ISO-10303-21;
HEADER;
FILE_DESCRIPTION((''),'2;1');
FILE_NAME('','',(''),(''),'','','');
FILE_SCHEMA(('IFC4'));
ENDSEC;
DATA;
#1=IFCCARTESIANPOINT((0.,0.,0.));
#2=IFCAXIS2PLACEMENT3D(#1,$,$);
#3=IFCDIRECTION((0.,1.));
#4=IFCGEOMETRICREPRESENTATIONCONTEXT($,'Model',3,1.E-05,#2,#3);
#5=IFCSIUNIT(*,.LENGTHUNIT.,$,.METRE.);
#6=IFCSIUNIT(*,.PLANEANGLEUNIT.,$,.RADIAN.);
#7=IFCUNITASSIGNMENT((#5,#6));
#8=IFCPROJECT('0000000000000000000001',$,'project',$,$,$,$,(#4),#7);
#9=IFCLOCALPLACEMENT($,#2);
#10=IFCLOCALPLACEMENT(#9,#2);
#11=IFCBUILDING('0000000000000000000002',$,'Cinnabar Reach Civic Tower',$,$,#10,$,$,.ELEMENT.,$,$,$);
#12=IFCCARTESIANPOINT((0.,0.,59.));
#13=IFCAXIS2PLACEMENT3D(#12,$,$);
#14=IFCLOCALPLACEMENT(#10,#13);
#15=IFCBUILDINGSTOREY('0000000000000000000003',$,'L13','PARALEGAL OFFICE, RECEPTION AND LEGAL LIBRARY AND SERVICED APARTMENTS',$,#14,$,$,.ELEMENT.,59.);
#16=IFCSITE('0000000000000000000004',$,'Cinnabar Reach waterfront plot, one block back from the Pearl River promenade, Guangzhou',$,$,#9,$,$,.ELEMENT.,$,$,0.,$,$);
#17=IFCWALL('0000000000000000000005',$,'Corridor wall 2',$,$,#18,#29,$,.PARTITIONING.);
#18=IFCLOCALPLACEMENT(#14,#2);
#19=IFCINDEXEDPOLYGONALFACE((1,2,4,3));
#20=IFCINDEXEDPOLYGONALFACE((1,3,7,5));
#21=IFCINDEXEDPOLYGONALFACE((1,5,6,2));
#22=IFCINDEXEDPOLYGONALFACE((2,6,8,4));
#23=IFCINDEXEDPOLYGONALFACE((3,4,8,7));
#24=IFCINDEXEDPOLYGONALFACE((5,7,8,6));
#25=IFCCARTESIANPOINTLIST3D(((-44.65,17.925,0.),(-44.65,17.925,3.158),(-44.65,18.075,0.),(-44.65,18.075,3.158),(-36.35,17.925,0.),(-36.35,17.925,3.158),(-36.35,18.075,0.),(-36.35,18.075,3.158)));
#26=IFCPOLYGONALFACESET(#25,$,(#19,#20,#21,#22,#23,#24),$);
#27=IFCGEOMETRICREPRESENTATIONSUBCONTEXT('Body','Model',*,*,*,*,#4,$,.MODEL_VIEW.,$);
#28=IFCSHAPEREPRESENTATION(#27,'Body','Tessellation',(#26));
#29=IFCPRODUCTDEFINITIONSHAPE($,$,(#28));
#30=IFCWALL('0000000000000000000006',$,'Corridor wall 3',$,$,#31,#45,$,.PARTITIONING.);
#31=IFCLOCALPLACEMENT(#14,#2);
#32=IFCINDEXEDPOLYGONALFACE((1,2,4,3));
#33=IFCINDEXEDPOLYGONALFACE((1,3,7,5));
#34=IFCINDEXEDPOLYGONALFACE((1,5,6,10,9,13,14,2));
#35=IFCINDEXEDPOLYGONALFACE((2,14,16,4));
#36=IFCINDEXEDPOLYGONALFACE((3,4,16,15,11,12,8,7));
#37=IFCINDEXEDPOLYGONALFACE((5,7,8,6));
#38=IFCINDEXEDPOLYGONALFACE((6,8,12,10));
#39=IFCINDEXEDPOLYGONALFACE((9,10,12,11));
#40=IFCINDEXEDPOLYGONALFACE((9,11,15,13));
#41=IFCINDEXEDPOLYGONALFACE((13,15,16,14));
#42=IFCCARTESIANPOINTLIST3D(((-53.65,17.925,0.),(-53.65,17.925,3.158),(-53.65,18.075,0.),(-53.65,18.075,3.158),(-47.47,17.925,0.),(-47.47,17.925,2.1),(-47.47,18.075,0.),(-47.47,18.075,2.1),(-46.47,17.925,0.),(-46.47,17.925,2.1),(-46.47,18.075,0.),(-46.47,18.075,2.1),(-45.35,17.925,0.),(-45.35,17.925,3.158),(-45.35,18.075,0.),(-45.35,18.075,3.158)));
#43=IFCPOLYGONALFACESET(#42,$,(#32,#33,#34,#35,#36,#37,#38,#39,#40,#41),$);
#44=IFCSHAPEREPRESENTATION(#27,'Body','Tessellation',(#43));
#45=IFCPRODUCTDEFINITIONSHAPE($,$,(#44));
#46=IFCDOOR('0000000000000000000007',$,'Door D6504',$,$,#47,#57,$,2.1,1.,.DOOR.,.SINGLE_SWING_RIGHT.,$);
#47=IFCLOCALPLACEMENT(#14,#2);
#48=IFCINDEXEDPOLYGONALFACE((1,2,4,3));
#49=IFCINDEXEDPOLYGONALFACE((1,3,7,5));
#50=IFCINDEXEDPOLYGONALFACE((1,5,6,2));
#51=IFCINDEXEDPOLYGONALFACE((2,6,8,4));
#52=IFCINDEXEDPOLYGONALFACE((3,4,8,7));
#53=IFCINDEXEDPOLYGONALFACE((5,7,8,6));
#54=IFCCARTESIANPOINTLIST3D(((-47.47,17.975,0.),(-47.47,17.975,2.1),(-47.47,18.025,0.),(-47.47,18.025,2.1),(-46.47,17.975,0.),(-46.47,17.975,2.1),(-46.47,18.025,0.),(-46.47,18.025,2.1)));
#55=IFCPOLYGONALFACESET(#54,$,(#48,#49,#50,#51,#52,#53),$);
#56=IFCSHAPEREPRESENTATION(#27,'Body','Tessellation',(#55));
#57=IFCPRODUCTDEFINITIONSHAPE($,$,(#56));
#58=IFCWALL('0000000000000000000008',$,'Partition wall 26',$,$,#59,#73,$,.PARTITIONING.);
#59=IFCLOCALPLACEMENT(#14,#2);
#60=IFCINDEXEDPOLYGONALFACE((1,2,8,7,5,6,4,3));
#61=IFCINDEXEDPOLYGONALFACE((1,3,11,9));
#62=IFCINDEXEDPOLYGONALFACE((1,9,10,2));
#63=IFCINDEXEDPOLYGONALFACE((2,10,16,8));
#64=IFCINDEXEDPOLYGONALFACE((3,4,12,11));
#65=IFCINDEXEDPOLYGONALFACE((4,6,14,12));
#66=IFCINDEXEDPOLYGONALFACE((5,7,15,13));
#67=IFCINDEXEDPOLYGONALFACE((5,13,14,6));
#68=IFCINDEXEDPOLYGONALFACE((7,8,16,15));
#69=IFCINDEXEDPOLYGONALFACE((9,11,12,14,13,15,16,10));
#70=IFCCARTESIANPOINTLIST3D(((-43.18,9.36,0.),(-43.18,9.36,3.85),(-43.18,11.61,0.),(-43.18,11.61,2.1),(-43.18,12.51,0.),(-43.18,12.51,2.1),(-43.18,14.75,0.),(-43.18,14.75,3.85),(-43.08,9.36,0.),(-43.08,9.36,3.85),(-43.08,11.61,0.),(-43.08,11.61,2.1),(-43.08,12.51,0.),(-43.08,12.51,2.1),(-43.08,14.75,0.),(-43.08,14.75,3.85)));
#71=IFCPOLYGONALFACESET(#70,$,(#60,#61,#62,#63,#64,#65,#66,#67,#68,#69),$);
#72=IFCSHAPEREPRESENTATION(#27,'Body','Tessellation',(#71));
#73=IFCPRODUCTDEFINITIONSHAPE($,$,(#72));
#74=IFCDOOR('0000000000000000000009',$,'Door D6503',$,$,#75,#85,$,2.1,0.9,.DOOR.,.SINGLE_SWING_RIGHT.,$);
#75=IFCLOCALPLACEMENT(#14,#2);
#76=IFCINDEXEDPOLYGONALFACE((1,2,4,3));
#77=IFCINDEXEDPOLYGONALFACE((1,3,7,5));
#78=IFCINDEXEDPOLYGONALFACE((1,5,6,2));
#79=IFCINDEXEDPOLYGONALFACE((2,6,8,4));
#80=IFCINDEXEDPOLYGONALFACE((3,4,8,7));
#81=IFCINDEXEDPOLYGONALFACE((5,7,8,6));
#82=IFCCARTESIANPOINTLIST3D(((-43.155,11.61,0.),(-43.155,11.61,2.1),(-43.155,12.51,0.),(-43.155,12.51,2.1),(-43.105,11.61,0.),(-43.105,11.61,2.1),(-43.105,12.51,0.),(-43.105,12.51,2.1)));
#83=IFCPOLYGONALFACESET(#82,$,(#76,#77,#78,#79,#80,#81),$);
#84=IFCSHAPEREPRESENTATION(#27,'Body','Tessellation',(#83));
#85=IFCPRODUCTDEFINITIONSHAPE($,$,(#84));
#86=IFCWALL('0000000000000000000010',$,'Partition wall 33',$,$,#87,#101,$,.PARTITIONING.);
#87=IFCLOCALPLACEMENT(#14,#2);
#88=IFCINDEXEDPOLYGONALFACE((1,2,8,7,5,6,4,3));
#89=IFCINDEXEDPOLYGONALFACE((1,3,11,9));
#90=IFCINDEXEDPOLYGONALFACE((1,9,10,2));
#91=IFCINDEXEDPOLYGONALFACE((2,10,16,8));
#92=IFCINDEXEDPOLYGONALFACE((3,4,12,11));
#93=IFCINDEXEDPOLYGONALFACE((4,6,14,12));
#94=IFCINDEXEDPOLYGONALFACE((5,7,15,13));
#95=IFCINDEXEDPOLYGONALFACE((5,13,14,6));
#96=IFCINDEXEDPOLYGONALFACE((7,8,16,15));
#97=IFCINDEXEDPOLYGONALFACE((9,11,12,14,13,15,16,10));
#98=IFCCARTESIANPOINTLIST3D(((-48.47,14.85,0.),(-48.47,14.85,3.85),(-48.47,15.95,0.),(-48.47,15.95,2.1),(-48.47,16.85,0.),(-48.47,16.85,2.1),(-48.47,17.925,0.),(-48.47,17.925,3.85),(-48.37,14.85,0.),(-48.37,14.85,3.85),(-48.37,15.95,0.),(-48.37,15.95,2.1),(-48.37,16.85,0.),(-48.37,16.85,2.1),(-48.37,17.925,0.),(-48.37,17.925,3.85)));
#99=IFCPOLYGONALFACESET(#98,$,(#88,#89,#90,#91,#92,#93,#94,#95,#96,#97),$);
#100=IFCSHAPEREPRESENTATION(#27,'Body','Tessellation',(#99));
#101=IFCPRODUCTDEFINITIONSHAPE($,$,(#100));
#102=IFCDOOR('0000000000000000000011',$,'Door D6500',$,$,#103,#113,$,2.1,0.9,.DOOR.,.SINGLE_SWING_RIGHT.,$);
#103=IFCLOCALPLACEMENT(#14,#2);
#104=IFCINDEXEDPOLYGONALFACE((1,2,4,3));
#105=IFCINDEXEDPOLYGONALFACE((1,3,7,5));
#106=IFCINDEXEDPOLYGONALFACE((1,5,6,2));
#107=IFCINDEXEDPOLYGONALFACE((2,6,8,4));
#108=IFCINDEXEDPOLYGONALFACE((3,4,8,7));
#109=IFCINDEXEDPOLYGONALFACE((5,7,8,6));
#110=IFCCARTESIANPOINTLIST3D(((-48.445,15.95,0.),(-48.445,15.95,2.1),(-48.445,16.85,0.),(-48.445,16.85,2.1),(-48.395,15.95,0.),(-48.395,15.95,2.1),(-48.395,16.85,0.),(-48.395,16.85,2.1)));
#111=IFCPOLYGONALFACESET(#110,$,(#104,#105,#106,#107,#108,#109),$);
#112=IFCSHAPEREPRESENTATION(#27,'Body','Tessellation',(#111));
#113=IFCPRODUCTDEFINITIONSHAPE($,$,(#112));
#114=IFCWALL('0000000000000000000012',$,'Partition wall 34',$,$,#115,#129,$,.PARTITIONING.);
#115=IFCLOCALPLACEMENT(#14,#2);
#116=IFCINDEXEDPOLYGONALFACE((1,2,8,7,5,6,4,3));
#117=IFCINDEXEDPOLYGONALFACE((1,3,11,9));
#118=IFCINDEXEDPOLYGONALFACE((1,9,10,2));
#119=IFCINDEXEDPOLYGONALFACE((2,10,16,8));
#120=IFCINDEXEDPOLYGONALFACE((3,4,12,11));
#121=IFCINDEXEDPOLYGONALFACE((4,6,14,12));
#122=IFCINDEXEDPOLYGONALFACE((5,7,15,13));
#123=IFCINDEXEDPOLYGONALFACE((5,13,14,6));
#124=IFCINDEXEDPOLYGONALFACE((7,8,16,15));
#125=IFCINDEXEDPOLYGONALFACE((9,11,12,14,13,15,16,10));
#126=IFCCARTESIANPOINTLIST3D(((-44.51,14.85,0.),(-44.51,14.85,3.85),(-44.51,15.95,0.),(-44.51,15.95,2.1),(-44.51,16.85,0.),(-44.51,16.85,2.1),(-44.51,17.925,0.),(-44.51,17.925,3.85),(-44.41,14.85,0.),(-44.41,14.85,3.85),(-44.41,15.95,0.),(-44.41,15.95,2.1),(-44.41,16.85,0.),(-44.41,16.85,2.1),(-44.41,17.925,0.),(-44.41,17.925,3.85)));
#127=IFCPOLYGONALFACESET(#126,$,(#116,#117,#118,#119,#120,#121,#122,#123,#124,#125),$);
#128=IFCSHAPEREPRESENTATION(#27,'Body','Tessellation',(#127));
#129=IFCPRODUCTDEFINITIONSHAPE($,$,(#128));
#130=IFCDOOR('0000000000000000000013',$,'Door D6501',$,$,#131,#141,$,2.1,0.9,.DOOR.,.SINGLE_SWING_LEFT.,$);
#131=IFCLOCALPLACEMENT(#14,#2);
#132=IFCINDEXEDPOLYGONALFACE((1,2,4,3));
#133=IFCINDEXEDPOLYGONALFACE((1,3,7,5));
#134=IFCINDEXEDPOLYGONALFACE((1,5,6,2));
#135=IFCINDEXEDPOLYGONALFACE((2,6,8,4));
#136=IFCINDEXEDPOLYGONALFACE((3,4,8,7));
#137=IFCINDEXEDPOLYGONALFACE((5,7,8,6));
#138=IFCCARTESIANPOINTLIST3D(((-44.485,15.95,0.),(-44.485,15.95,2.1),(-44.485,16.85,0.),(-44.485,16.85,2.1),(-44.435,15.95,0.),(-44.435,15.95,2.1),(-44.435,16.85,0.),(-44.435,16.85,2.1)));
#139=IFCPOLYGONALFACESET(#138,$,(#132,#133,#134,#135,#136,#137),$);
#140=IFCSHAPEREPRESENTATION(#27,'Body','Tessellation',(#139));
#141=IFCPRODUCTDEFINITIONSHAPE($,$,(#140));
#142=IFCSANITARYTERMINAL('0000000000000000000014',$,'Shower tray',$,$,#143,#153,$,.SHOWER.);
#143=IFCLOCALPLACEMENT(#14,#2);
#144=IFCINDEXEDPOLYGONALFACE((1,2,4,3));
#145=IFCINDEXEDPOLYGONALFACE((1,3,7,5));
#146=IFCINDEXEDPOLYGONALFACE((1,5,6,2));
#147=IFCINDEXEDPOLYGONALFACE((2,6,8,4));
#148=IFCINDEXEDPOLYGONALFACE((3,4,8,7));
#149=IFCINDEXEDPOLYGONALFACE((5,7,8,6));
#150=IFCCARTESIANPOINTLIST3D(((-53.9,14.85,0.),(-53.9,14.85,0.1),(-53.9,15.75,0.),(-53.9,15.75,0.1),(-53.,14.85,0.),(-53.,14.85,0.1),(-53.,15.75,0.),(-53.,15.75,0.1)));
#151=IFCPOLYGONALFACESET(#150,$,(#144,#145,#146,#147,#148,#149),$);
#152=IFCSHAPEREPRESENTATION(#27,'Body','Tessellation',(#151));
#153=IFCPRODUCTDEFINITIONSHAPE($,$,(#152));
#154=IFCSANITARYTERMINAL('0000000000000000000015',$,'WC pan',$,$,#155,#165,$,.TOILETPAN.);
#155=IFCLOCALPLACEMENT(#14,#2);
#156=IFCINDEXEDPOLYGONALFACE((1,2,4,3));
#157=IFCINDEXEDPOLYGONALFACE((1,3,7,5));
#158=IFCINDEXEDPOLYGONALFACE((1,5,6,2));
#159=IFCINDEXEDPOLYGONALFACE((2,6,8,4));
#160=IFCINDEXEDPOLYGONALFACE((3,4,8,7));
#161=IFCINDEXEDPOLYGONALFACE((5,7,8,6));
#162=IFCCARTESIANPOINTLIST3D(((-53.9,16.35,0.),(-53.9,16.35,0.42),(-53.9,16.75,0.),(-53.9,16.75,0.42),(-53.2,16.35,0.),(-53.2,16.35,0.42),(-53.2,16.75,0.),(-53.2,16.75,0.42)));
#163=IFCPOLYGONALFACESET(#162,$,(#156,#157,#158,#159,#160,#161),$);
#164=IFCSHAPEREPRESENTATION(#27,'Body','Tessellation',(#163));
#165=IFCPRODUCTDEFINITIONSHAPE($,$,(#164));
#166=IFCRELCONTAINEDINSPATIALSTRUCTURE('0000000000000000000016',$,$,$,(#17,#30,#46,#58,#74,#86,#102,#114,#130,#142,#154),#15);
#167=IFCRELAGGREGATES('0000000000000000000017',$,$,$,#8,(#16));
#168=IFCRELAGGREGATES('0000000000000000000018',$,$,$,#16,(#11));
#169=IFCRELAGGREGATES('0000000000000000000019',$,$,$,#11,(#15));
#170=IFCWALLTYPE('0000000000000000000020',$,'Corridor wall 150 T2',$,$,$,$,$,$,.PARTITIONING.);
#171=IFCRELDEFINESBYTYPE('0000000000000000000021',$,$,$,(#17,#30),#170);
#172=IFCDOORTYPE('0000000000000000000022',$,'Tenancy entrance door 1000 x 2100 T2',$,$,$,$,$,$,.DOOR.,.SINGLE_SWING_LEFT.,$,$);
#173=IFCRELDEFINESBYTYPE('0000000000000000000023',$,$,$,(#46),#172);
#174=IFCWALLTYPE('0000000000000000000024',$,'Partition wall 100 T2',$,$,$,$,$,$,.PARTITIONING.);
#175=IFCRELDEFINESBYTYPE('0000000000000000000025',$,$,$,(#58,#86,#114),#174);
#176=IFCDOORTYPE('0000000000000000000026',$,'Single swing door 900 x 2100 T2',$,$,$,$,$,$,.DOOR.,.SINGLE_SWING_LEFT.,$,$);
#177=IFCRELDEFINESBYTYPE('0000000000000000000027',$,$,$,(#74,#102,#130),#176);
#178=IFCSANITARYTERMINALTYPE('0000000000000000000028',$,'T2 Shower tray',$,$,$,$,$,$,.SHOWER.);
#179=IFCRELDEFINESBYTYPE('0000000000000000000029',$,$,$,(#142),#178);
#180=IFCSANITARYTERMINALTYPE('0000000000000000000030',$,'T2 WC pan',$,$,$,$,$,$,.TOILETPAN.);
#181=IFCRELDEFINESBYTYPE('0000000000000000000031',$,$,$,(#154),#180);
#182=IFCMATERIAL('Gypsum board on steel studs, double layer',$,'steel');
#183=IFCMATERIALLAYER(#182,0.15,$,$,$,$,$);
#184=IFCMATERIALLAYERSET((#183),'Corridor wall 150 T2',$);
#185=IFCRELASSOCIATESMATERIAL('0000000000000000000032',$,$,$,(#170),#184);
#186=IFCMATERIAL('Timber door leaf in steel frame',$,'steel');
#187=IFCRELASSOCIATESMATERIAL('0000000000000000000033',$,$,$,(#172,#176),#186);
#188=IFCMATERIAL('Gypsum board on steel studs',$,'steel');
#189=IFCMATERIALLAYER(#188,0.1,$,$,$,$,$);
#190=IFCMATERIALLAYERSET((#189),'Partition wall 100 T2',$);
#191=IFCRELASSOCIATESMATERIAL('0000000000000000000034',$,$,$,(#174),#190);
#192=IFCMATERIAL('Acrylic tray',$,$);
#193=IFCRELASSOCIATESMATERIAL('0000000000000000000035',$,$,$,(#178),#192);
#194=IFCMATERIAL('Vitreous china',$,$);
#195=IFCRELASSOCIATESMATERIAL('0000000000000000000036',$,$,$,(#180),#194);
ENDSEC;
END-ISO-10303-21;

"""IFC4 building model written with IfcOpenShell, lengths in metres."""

from ifc_helpers import new_model, si_unit, direction, frame, frame_2d, origin, origin_2d, place, context, subcontext, project, spatial, rectangle, extrude, material, layer, layer_set, type_object, element, fill, save


model = new_model("IFC4")

# Units and contexts
model_context = context("Model", 3, precision=1e-05, world=origin(), true_north=direction((0.0, 1.0)))
body_context = subcontext(model_context, "Body", "Model", "MODEL_VIEW")
ifc_project = project(units=[si_unit("LENGTHUNIT", "METRE"), si_unit("PLANEANGLEUNIT", "RADIAN")], contexts=[model_context])

# Site, building, storey
site_placement = place(None, origin())
site = spatial("IfcSite", under=ifc_project, at=site_placement, Name="Cinnabar Reach waterfront plot, one block back from the Pearl River promenade, Guangzhou", CompositionType="ELEMENT", RefElevation=0.0)
building_placement = place(site_placement, origin())
building = spatial("IfcBuilding", under=site, at=building_placement, Name="Cinnabar Reach Civic Tower", CompositionType="ELEMENT")
storey_placement = place(building_placement, frame((0.0, 0.0, 59.0)))
storey = spatial("IfcBuildingStorey", under=building, at=storey_placement, Name="L13", Description="PARALEGAL OFFICE, RECEPTION AND LEGAL LIBRARY AND SERVICED APARTMENTS", CompositionType="ELEMENT", Elevation=59.0)

# Wall
ifc_material_1 = material(Name="Gypsum board on steel studs, double layer", Category="steel")
ifc_layer_1 = layer(ifc_material_1, 0.15)
ifc_layer_set_1 = layer_set([ifc_layer_1], Name="Corridor wall 150 T2")
wall_type_1 = type_object("IfcWallType", Name="Corridor wall 150 T2", PredefinedType="PARTITIONING", material=ifc_layer_set_1)
wall_1_placement = place(storey_placement, frame((-44.65, 18.0, 0.0), z_axis=(0.0, 0.0, 1.0), x_axis=(1.0, 0.0, 0.0)))
element("IfcWall", 1, at=wall_1_placement, inside=storey, type_object=wall_type_1, Name="Corridor wall 2", PredefinedType="PARTITIONING", context=body_context, shape_type="SweptSolid", body=[
    extrude(rectangle(XDim=8.3, YDim=0.15, at=frame_2d((4.15, 0.0))), origin(), (0.0, 0.0, 1.0), 3.158),
])

# Walls, openings, doors
wall_2_placement = place(storey_placement, frame((-53.65, 18.0, 0.0), z_axis=(0.0, 0.0, 1.0), x_axis=(1.0, 0.0, 0.0)))
wall_2 = element("IfcWall", 2, at=wall_2_placement, inside=storey, type_object=wall_type_1, Name="Corridor wall 3", PredefinedType="PARTITIONING", context=body_context, shape_type="SweptSolid", body=[
    extrude(rectangle(XDim=8.3, YDim=0.15, at=frame_2d((4.15, 0.0))), origin(), (0.0, 0.0, 1.0), 3.158),
])
opening_1_placement = place(wall_2_placement, frame((6.18, 0.0, 0.0)))
opening_1 = element("IfcOpeningElement", 3, at=opening_1_placement, cuts=wall_2, PredefinedType="OPENING", context=body_context, shape_type="SweptSolid", body=[
    extrude(rectangle(XDim=1.0, YDim=2.1, at=frame_2d((0.5, 1.05))), frame((0.0, 0.085, 0.0), z_axis=(0.0, -1.0, 0.0), x_axis=(1.0, 0.0, 0.0)), (0.0, 0.0, 1.0), 0.17),
])
ifc_material_2 = material(Name="Timber door leaf in steel frame", Category="steel")
door_type_1 = type_object("IfcDoorType", Name="Tenancy entrance door 1000 x 2100 T2", OperationType="SINGLE_SWING_LEFT", PredefinedType="DOOR", material=ifc_material_2)
door_1_placement = place(opening_1_placement, frame((1.0, 0.0, 0.0), z_axis=(0.0, 0.0, 1.0), x_axis=(-1.0, 0.0, 0.0)))
door_1 = element("IfcDoor", 4, at=door_1_placement, inside=storey, type_object=door_type_1, Name="Door D6504", OperationType="SINGLE_SWING_RIGHT", OverallHeight=2.1, OverallWidth=1.0, PredefinedType="DOOR", context=body_context, shape_type="SweptSolid", body=[
    extrude(rectangle(XDim=1.0, YDim=2.1, at=frame_2d((0.5, 1.05))), frame((0.0, 0.025, 0.0), z_axis=(0.0, -1.0, 0.0), x_axis=(1.0, 0.0, 0.0)), (0.0, 0.0, 1.0), 0.05),
])
fill(opening_1, door_1)
ifc_material_3 = material(Name="Gypsum board on steel studs", Category="steel")
ifc_layer_2 = layer(ifc_material_3, 0.1)
ifc_layer_set_2 = layer_set([ifc_layer_2], Name="Partition wall 100 T2")
wall_type_2 = type_object("IfcWallType", Name="Partition wall 100 T2", PredefinedType="PARTITIONING", material=ifc_layer_set_2)
wall_3_placement = place(storey_placement, frame((-43.13, 9.36, 0.0), z_axis=(0.0, 0.0, 1.0), x_axis=(0.0, 1.0, 0.0)))
wall_3 = element("IfcWall", 5, at=wall_3_placement, inside=storey, type_object=wall_type_2, Name="Partition wall 26", PredefinedType="PARTITIONING", context=body_context, shape_type="SweptSolid", body=[
    extrude(rectangle(XDim=5.39, YDim=0.1, at=frame_2d((2.695, 0.0))), origin(), (0.0, 0.0, 1.0), 3.85),
])
opening_2_placement = place(wall_3_placement, frame((2.25, 0.0, 0.0)))
opening_2 = element("IfcOpeningElement", 6, at=opening_2_placement, cuts=wall_3, PredefinedType="OPENING", context=body_context, shape_type="SweptSolid", body=[
    extrude(rectangle(XDim=0.9, YDim=2.1, at=frame_2d((0.45, 1.05))), frame((0.0, 0.06, 0.0), z_axis=(0.0, -1.0, 0.0), x_axis=(1.0, 0.0, 0.0)), (0.0, 0.0, 1.0), 0.12),
])
door_type_2 = type_object("IfcDoorType", Name="Single swing door 900 x 2100 T2", OperationType="SINGLE_SWING_LEFT", PredefinedType="DOOR", material=ifc_material_2)
door_2_placement = place(opening_2_placement, frame((0.9, 0.0, 0.0), z_axis=(0.0, 0.0, 1.0), x_axis=(-1.0, 0.0, 0.0)))
door_2 = element("IfcDoor", 7, at=door_2_placement, inside=storey, type_object=door_type_2, Name="Door D6503", OperationType="SINGLE_SWING_RIGHT", OverallHeight=2.1, OverallWidth=0.9, PredefinedType="DOOR", context=body_context, shape_type="SweptSolid", body=[
    extrude(rectangle(XDim=0.9, YDim=2.1, at=frame_2d((0.45, 1.05))), frame((0.0, 0.025, 0.0), z_axis=(0.0, -1.0, 0.0), x_axis=(1.0, 0.0, 0.0)), (0.0, 0.0, 1.0), 0.05),
])
fill(opening_2, door_2)
wall_4_placement = place(storey_placement, frame((-48.42, 14.85, 0.0), z_axis=(0.0, 0.0, 1.0), x_axis=(0.0, 1.0, 0.0)))
wall_4 = element("IfcWall", 8, at=wall_4_placement, inside=storey, type_object=wall_type_2, Name="Partition wall 33", PredefinedType="PARTITIONING", context=body_context, shape_type="SweptSolid", body=[
    extrude(rectangle(XDim=3.075, YDim=0.1, at=frame_2d((1.5375, 0.0))), origin(), (0.0, 0.0, 1.0), 3.85),
])
opening_3_placement = place(wall_4_placement, frame((1.1, 0.0, 0.0)))
opening_3 = element("IfcOpeningElement", 9, at=opening_3_placement, cuts=wall_4, PredefinedType="OPENING", context=body_context, shape_type="SweptSolid", body=[
    extrude(rectangle(XDim=0.9, YDim=2.1, at=frame_2d((0.45, 1.05))), frame((0.0, 0.06, 0.0), z_axis=(0.0, -1.0, 0.0), x_axis=(1.0, 0.0, 0.0)), (0.0, 0.0, 1.0), 0.12),
])
door_3_placement = place(opening_3_placement, origin())
door_3 = element("IfcDoor", 10, at=door_3_placement, inside=storey, type_object=door_type_2, Name="Door D6500", OperationType="SINGLE_SWING_RIGHT", OverallHeight=2.1, OverallWidth=0.9, PredefinedType="DOOR", context=body_context, shape_type="SweptSolid", body=[
    extrude(rectangle(XDim=0.9, YDim=2.1, at=frame_2d((0.45, 1.05))), frame((0.0, 0.025, 0.0), z_axis=(0.0, -1.0, 0.0), x_axis=(1.0, 0.0, 0.0)), (0.0, 0.0, 1.0), 0.05),
])
fill(opening_3, door_3)
wall_5_placement = place(storey_placement, frame((-44.46, 14.85, 0.0), z_axis=(0.0, 0.0, 1.0), x_axis=(0.0, 1.0, 0.0)))
wall_5 = element("IfcWall", 11, at=wall_5_placement, inside=storey, type_object=wall_type_2, Name="Partition wall 34", PredefinedType="PARTITIONING", context=body_context, shape_type="SweptSolid", body=[
    extrude(rectangle(XDim=3.075, YDim=0.1, at=frame_2d((1.5375, 0.0))), origin(), (0.0, 0.0, 1.0), 3.85),
])
opening_4_placement = place(wall_5_placement, frame((1.1, 0.0, 0.0)))
opening_4 = element("IfcOpeningElement", 12, at=opening_4_placement, cuts=wall_5, PredefinedType="OPENING", context=body_context, shape_type="SweptSolid", body=[
    extrude(rectangle(XDim=0.9, YDim=2.1, at=frame_2d((0.45, 1.05))), frame((0.0, 0.06, 0.0), z_axis=(0.0, -1.0, 0.0), x_axis=(1.0, 0.0, 0.0)), (0.0, 0.0, 1.0), 0.12),
])
door_4_placement = place(opening_4_placement, origin())
door_4 = element("IfcDoor", 13, at=door_4_placement, inside=storey, type_object=door_type_2, Name="Door D6501", OperationType="SINGLE_SWING_LEFT", OverallHeight=2.1, OverallWidth=0.9, PredefinedType="DOOR", context=body_context, shape_type="SweptSolid", body=[
    extrude(rectangle(XDim=0.9, YDim=2.1, at=frame_2d((0.45, 1.05))), frame((0.0, 0.025, 0.0), z_axis=(0.0, -1.0, 0.0), x_axis=(1.0, 0.0, 0.0)), (0.0, 0.0, 1.0), 0.05),
])
fill(opening_4, door_4)

# Sanitary terminals
ifc_material_4 = material(Name="Acrylic tray")
sanitary_terminal_type_1 = type_object("IfcSanitaryTerminalType", Name="T2 Shower tray", PredefinedType="SHOWER", material=ifc_material_4)
sanitary_terminal_1_placement = place(storey_placement, frame((-53.45, 15.3, 0.0), z_axis=(0.0, 0.0, 1.0), x_axis=(1.0, 0.0, 0.0)))
element("IfcSanitaryTerminal", 14, at=sanitary_terminal_1_placement, inside=storey, type_object=sanitary_terminal_type_1, Name="Shower tray", PredefinedType="SHOWER", context=body_context, shape_type="SweptSolid", body=[
    extrude(rectangle(XDim=0.9, YDim=0.9, at=origin_2d()), origin(), (0.0, 0.0, 1.0), 0.1),
])
ifc_material_5 = material(Name="Vitreous china")
sanitary_terminal_type_2 = type_object("IfcSanitaryTerminalType", Name="T2 WC pan", PredefinedType="TOILETPAN", material=ifc_material_5)
sanitary_terminal_2_placement = place(storey_placement, frame((-53.55, 16.55, 0.0), z_axis=(0.0, 0.0, 1.0), x_axis=(1.0, 0.0, 0.0)))
element("IfcSanitaryTerminal", 15, at=sanitary_terminal_2_placement, inside=storey, type_object=sanitary_terminal_type_2, Name="WC pan", PredefinedType="TOILETPAN", context=body_context, shape_type="SweptSolid", body=[
    extrude(rectangle(XDim=0.7, YDim=0.4, at=origin_2d()), origin(), (0.0, 0.0, 1.0), 0.42),
])

save(model, "model.ifc")
